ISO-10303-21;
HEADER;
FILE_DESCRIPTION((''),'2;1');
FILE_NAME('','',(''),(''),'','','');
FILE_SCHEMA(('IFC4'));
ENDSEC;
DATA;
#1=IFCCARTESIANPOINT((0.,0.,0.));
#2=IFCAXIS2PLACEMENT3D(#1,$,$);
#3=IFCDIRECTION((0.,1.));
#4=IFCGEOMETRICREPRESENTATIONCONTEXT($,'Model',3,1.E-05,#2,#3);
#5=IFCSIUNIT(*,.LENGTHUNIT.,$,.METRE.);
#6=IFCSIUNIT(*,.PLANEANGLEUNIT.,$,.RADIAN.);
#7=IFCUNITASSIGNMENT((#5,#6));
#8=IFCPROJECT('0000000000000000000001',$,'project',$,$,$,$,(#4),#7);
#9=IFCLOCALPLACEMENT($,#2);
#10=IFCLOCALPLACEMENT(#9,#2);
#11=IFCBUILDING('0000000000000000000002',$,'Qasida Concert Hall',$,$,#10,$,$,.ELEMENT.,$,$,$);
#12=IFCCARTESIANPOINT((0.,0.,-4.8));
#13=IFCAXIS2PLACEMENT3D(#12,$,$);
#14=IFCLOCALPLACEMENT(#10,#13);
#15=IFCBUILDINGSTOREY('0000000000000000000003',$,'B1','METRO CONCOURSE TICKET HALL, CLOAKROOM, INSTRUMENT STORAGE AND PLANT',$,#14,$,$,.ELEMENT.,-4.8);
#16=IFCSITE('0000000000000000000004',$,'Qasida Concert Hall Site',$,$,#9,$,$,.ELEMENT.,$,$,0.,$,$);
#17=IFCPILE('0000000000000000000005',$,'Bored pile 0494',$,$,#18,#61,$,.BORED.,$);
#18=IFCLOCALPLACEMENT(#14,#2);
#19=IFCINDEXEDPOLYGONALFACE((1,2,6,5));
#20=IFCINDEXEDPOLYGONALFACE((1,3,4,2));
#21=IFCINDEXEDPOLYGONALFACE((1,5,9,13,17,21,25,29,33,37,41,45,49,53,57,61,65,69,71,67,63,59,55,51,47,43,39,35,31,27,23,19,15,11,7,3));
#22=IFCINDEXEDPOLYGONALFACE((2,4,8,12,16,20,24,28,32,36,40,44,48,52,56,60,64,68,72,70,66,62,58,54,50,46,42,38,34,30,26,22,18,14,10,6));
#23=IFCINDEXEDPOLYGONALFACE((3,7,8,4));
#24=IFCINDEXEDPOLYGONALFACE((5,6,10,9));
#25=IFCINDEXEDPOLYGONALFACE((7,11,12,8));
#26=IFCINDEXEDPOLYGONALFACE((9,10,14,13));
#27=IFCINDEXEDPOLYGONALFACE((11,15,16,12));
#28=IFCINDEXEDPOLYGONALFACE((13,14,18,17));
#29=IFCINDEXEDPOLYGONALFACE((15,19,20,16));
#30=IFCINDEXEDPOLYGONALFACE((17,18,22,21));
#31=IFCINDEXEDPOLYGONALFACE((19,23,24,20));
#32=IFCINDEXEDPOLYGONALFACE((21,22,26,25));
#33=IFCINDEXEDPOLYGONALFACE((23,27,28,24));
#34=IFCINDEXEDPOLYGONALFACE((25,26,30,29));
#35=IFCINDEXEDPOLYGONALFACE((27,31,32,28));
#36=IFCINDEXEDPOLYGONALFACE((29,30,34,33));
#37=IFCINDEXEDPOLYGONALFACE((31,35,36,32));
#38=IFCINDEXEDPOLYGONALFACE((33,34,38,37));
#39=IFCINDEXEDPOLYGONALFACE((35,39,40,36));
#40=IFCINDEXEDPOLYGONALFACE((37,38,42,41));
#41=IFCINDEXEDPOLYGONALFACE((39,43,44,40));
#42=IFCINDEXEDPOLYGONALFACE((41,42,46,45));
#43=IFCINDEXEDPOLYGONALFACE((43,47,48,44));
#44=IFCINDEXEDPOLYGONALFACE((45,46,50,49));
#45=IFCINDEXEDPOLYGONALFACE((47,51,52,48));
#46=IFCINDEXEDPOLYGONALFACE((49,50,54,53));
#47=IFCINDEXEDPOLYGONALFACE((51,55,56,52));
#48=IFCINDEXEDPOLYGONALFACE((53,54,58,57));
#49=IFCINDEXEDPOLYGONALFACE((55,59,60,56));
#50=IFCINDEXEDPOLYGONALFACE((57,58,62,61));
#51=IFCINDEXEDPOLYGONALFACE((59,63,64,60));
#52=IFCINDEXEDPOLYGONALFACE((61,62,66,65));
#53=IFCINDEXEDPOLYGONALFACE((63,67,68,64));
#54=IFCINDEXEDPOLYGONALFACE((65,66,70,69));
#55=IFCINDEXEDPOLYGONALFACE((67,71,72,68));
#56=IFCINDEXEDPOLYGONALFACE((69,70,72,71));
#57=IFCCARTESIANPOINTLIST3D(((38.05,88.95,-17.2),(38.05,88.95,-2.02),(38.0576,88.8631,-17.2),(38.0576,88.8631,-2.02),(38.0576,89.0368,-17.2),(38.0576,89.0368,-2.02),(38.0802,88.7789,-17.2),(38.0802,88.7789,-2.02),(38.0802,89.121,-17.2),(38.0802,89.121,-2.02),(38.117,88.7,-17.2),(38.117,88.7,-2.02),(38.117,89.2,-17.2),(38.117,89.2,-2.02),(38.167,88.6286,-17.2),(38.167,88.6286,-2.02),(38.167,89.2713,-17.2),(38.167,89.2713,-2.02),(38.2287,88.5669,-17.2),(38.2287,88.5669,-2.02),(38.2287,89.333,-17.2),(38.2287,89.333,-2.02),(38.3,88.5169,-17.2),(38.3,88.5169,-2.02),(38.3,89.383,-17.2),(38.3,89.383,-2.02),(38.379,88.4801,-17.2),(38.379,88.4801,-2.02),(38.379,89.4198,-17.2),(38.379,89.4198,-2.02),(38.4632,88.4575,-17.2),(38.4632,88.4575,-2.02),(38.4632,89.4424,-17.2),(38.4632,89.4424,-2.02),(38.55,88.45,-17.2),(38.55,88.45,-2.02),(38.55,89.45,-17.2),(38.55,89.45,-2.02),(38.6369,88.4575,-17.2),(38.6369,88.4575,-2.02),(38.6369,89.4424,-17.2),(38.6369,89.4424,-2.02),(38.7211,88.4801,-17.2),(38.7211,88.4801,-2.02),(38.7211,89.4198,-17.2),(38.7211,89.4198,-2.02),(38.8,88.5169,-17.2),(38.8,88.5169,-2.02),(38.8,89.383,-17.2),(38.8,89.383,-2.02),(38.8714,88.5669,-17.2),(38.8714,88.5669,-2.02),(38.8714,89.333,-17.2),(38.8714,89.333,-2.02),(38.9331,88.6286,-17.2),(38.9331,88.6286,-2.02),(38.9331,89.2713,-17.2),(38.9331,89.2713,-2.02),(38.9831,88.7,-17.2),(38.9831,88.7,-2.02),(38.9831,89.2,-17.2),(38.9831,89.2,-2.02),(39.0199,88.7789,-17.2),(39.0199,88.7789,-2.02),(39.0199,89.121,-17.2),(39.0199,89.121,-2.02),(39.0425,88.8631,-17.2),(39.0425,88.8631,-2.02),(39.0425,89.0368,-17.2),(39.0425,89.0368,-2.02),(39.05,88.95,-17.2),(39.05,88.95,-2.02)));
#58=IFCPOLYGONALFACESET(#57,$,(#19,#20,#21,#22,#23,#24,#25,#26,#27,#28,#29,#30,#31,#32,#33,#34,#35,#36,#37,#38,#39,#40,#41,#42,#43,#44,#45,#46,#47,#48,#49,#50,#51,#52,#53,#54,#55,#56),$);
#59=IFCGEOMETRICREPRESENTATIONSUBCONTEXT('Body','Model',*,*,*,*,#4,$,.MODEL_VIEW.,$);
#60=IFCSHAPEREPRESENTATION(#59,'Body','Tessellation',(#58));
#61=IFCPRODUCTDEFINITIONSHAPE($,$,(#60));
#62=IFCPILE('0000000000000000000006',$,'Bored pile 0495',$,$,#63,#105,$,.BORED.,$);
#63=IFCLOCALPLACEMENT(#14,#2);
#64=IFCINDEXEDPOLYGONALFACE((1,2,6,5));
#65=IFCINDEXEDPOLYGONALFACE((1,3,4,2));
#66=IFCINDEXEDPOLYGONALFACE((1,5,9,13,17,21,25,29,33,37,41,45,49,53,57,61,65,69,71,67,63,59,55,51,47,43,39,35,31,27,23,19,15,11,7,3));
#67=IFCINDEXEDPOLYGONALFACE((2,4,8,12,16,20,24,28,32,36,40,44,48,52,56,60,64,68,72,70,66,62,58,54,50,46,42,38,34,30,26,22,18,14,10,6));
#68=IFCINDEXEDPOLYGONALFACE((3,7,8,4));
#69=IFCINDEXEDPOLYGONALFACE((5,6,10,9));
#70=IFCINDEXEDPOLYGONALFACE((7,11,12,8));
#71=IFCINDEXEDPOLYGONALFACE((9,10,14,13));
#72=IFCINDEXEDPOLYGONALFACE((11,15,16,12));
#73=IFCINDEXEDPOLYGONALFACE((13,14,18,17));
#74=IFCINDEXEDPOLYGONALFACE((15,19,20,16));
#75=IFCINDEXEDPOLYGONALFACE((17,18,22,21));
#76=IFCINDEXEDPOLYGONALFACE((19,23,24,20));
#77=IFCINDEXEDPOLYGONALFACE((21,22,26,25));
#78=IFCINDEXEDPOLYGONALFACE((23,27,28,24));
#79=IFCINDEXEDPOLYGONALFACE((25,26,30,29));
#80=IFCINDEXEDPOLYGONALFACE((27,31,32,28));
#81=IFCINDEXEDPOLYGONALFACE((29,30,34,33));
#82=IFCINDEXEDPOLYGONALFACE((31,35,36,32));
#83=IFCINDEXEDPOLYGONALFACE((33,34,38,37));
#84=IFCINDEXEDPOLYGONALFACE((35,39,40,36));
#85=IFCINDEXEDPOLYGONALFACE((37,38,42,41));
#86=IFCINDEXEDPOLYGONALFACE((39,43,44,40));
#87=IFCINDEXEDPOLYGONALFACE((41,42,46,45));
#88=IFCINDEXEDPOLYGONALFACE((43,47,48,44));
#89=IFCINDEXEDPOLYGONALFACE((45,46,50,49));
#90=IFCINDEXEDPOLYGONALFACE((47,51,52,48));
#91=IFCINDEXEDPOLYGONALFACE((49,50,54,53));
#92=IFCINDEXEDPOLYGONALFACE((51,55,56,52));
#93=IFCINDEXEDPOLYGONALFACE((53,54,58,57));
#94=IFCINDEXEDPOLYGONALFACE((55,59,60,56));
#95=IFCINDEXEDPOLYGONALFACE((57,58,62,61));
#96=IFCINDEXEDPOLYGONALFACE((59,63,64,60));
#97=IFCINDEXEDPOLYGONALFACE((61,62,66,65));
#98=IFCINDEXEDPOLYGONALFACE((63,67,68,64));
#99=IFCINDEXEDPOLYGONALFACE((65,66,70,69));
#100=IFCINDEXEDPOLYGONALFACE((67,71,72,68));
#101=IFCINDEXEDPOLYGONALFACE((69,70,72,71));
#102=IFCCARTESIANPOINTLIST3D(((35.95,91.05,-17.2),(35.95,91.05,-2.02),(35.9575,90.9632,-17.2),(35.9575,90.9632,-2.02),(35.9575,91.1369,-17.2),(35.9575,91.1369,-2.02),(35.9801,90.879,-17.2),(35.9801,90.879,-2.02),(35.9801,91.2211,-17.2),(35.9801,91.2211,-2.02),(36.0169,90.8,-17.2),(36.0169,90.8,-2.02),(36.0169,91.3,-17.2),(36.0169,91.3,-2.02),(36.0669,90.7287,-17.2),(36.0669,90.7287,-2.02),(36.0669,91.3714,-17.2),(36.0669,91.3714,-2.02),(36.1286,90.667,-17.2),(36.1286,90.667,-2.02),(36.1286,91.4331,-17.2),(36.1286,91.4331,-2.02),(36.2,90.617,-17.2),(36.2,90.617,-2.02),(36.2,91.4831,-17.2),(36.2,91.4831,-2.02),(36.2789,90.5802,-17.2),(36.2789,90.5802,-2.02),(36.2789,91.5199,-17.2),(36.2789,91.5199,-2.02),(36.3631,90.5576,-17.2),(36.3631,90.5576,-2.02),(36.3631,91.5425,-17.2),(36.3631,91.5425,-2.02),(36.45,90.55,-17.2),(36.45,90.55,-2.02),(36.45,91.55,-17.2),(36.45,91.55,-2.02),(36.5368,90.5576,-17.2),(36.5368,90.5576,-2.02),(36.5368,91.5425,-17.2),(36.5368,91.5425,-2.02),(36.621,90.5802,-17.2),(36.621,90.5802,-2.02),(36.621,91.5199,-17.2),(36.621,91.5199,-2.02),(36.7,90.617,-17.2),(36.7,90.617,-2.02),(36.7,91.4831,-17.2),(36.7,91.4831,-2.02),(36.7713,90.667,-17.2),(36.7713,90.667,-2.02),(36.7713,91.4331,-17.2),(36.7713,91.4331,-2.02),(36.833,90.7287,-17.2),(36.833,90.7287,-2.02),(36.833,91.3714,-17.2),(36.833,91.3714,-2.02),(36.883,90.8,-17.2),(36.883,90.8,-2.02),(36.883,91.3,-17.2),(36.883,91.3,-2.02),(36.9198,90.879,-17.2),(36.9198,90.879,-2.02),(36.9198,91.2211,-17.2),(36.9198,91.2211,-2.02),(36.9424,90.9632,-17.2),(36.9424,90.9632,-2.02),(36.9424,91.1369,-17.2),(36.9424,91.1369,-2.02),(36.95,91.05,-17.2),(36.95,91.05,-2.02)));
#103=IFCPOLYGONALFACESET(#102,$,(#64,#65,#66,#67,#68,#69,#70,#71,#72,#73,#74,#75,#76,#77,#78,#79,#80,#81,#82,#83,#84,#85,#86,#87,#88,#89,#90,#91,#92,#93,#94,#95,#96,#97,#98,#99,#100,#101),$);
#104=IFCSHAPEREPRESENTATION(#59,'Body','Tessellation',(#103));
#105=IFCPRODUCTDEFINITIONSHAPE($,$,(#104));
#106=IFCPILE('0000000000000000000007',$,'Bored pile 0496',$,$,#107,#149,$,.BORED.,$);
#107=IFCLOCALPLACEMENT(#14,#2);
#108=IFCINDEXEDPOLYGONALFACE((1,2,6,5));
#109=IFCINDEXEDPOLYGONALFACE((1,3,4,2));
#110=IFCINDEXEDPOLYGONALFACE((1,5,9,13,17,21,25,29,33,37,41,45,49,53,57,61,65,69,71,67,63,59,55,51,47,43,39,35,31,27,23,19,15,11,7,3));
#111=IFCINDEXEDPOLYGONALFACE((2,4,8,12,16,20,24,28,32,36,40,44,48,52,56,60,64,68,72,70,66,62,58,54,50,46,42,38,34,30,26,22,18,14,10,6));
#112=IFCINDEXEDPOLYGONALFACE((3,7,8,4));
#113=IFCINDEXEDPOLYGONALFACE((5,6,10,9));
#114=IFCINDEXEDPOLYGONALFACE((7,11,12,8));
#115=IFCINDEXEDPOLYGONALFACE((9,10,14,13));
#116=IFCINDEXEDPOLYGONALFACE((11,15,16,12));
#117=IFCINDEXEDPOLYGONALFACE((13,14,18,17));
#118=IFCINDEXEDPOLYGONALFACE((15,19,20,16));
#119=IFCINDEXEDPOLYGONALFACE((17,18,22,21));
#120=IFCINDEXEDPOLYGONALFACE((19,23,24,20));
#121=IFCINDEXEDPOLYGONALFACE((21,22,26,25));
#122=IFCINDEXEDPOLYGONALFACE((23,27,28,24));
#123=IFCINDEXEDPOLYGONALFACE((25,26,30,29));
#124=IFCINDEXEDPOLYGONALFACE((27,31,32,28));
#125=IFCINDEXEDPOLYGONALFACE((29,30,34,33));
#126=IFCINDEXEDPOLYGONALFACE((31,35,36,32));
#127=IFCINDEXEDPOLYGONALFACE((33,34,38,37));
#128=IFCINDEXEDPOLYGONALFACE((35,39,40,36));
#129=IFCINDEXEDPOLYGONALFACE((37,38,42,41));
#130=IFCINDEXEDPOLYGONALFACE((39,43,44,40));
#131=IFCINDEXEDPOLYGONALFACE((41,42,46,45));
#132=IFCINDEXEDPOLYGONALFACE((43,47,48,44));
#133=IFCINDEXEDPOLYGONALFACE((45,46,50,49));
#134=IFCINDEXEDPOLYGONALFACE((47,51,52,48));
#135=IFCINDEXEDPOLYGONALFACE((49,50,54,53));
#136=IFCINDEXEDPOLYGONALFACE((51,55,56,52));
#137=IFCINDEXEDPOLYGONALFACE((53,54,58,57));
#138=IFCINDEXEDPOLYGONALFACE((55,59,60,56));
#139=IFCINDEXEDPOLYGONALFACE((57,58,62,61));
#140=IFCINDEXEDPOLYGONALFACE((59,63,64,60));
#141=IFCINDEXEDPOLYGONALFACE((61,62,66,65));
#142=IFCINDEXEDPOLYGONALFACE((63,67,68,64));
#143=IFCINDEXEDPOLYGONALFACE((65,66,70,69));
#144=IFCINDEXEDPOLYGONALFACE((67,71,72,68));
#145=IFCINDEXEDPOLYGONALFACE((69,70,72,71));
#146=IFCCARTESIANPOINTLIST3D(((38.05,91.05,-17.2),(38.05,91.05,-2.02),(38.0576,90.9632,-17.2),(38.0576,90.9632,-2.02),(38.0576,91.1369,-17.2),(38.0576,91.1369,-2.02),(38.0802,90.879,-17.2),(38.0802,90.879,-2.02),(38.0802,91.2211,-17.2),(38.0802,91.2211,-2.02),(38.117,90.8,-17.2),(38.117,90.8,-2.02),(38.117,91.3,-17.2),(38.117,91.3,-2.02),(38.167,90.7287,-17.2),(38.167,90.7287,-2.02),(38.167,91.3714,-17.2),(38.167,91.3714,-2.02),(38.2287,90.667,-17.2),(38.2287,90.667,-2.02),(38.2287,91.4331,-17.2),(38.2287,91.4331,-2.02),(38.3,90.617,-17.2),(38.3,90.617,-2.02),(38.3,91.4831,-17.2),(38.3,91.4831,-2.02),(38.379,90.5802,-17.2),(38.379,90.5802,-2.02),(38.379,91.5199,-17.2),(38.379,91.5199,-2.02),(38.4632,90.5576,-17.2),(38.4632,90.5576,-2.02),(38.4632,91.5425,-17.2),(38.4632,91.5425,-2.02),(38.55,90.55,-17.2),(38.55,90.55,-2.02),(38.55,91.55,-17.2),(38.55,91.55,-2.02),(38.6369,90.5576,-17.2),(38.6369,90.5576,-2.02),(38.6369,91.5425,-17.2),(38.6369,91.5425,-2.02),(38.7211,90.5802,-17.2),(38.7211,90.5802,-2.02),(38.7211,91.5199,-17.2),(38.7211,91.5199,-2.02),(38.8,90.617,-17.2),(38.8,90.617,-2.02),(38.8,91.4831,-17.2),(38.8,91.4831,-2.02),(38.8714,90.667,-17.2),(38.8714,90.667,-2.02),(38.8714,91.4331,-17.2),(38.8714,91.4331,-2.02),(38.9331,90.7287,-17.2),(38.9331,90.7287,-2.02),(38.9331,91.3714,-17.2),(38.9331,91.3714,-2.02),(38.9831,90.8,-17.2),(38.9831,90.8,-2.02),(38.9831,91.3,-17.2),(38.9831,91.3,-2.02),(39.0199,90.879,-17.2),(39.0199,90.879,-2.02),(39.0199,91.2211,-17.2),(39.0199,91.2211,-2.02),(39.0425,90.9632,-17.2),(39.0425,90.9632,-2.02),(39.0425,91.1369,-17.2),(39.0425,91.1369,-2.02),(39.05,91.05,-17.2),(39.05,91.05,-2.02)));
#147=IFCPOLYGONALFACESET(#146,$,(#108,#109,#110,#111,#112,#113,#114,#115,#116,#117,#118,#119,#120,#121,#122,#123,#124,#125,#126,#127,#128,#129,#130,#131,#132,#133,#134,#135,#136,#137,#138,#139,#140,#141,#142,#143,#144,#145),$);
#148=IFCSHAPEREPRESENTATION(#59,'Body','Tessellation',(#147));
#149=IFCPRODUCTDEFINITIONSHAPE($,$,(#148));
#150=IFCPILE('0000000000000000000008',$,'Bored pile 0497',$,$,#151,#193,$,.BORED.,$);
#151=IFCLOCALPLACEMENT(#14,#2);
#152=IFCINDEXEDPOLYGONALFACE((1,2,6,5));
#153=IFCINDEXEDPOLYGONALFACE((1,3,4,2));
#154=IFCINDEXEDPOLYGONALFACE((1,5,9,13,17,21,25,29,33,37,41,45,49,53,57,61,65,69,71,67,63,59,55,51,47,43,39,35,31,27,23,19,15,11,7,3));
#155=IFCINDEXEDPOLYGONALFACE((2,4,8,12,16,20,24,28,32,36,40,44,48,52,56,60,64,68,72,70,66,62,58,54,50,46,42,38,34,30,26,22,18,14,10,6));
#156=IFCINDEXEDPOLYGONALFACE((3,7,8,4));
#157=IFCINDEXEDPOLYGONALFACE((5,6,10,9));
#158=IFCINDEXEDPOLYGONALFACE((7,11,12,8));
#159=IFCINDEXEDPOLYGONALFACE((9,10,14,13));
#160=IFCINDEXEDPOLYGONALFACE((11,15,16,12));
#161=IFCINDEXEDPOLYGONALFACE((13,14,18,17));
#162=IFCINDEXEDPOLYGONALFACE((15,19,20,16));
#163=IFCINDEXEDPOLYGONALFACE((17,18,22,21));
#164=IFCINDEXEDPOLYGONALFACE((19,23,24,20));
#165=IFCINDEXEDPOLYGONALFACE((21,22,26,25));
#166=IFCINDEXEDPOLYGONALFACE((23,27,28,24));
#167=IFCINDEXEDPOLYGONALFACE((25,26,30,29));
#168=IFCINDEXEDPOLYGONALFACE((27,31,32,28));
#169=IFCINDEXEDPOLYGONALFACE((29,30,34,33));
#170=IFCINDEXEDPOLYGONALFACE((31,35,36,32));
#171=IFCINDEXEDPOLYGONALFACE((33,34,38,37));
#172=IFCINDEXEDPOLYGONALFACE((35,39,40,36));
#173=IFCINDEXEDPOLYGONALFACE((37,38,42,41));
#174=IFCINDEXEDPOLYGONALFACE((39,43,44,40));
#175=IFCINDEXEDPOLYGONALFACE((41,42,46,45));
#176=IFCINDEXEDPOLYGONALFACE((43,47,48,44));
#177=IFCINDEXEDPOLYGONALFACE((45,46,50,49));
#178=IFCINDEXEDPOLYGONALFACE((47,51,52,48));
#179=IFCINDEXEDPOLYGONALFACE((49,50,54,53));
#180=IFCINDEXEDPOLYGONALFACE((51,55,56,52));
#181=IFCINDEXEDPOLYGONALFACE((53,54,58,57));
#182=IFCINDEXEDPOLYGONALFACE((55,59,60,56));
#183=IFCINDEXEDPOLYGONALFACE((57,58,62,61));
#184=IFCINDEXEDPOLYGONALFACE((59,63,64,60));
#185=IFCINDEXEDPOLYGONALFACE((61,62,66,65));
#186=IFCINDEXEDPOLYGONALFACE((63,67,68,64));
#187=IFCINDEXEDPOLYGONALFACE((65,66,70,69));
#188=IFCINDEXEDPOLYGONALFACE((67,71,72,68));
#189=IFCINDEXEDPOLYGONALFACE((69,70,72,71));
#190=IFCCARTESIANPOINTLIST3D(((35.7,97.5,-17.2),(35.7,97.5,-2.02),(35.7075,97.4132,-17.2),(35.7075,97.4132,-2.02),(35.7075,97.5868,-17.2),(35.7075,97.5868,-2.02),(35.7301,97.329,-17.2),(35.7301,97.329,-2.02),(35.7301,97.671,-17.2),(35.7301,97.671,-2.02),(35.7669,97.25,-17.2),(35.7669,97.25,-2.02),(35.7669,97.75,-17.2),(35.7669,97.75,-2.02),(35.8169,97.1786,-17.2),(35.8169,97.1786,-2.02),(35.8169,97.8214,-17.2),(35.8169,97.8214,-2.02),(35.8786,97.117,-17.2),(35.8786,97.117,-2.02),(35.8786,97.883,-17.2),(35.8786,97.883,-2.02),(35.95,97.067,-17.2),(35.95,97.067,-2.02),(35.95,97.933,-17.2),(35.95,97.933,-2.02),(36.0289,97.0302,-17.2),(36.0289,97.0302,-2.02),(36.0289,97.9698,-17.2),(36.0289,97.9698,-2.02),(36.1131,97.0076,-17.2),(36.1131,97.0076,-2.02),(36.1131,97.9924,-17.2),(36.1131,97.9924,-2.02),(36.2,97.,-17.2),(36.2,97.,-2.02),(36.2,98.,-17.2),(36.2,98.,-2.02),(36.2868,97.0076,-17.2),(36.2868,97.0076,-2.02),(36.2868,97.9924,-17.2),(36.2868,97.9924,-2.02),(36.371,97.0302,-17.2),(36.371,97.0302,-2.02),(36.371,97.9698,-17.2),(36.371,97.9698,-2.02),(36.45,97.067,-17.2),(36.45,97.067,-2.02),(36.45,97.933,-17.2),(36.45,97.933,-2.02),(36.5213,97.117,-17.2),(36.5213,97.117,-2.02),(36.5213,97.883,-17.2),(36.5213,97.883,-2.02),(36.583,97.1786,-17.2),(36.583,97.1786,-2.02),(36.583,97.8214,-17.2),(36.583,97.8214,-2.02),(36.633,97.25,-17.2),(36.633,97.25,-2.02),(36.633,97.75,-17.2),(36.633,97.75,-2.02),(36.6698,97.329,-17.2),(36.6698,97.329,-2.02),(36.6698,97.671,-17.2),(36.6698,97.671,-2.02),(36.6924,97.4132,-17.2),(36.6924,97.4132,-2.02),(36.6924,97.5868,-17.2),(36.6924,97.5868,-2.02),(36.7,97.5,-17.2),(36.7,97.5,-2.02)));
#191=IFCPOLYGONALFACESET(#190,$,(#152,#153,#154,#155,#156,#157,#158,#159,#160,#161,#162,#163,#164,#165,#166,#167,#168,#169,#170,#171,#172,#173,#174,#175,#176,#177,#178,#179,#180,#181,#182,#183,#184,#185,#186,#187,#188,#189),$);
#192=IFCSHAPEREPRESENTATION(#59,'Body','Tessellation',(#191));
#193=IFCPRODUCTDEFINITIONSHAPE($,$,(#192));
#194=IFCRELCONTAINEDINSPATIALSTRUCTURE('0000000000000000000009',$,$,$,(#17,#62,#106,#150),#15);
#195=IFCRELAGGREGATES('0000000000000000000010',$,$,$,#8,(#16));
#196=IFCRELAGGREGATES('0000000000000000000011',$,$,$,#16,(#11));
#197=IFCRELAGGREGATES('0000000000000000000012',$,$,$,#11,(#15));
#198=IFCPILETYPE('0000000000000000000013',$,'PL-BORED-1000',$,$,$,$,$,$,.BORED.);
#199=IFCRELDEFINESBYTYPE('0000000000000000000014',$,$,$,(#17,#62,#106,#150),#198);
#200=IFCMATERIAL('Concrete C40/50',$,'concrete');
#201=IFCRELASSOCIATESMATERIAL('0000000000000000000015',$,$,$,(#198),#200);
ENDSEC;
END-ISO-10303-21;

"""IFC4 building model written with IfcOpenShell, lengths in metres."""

from ifc_helpers import new_model, si_unit, direction, frame, origin, origin_2d, place, context, subcontext, project, spatial, circle, extrude, material, material_profile, profile_set, type_object, element, save


model = new_model("IFC4")

# Units and contexts
model_context = context("Model", 3, precision=1e-05, world=origin(), true_north=direction((0.0, 1.0)))
body_context = subcontext(model_context, "Body", "Model", "MODEL_VIEW")
ifc_project = project(units=[si_unit("LENGTHUNIT", "METRE"), si_unit("PLANEANGLEUNIT", "RADIAN")], contexts=[model_context])

# Site, building, storey
site_placement = place(None, origin())
site = spatial("IfcSite", under=ifc_project, at=site_placement, Name="Qasida Concert Hall Site", CompositionType="ELEMENT", RefElevation=0.0)
building_placement = place(site_placement, origin())
building = spatial("IfcBuilding", under=site, at=building_placement, Name="Qasida Concert Hall", CompositionType="ELEMENT")
storey_placement = place(building_placement, frame((0.0, 0.0, -4.8)))
storey = spatial("IfcBuildingStorey", under=building, at=storey_placement, Name="B1", Description="METRO CONCOURSE TICKET HALL, CLOAKROOM, INSTRUMENT STORAGE AND PLANT", CompositionType="ELEMENT", Elevation=-4.8)

# Shared definitions
ifc_material_1 = material(Name="Concrete C40/50", Category="concrete")

# Piles
ifc_material_profile_1 = material_profile(ifc_material_1, circle(Radius=0.5, at=origin_2d()), Name="BORED PILE D1000")
ifc_profile_set_1 = profile_set([ifc_material_profile_1], Name="Concrete C40/50")
pile_type_1 = type_object("IfcPileType", Name="PL-BORED-1000", PredefinedType="BORED", material=ifc_profile_set_1)
for number, where, z_axis, x_axis, name in (
    (1, (38.55, 88.95, -2.02), (0.0, 0.0, -1.0), (1.0, 0.0, 0.0), "Bored pile 0494"),
    (2, (36.45, 91.05, -2.02), (0.0, 0.0, -1.0), (1.0, 0.0, 0.0), "Bored pile 0495"),
    (3, (38.55, 91.05, -2.02), (0.0, 0.0, -1.0), (1.0, 0.0, 0.0), "Bored pile 0496"),
    (4, (36.2, 97.5, -2.02), (0.0, 0.0, -1.0), (1.0, 0.0, 0.0), "Bored pile 0497"),
):
    element("IfcPile", number, at=place(storey_placement, frame(where, z_axis=z_axis, x_axis=x_axis)), inside=storey, type_object=pile_type_1, Name=name, PredefinedType="BORED", context=body_context, shape_type="SweptSolid", body=[
        extrude(circle(Radius=0.5, at=origin_2d()), origin(), (0.0, 0.0, 1.0), 15.1799),
    ])

save(model, "model.ifc")
